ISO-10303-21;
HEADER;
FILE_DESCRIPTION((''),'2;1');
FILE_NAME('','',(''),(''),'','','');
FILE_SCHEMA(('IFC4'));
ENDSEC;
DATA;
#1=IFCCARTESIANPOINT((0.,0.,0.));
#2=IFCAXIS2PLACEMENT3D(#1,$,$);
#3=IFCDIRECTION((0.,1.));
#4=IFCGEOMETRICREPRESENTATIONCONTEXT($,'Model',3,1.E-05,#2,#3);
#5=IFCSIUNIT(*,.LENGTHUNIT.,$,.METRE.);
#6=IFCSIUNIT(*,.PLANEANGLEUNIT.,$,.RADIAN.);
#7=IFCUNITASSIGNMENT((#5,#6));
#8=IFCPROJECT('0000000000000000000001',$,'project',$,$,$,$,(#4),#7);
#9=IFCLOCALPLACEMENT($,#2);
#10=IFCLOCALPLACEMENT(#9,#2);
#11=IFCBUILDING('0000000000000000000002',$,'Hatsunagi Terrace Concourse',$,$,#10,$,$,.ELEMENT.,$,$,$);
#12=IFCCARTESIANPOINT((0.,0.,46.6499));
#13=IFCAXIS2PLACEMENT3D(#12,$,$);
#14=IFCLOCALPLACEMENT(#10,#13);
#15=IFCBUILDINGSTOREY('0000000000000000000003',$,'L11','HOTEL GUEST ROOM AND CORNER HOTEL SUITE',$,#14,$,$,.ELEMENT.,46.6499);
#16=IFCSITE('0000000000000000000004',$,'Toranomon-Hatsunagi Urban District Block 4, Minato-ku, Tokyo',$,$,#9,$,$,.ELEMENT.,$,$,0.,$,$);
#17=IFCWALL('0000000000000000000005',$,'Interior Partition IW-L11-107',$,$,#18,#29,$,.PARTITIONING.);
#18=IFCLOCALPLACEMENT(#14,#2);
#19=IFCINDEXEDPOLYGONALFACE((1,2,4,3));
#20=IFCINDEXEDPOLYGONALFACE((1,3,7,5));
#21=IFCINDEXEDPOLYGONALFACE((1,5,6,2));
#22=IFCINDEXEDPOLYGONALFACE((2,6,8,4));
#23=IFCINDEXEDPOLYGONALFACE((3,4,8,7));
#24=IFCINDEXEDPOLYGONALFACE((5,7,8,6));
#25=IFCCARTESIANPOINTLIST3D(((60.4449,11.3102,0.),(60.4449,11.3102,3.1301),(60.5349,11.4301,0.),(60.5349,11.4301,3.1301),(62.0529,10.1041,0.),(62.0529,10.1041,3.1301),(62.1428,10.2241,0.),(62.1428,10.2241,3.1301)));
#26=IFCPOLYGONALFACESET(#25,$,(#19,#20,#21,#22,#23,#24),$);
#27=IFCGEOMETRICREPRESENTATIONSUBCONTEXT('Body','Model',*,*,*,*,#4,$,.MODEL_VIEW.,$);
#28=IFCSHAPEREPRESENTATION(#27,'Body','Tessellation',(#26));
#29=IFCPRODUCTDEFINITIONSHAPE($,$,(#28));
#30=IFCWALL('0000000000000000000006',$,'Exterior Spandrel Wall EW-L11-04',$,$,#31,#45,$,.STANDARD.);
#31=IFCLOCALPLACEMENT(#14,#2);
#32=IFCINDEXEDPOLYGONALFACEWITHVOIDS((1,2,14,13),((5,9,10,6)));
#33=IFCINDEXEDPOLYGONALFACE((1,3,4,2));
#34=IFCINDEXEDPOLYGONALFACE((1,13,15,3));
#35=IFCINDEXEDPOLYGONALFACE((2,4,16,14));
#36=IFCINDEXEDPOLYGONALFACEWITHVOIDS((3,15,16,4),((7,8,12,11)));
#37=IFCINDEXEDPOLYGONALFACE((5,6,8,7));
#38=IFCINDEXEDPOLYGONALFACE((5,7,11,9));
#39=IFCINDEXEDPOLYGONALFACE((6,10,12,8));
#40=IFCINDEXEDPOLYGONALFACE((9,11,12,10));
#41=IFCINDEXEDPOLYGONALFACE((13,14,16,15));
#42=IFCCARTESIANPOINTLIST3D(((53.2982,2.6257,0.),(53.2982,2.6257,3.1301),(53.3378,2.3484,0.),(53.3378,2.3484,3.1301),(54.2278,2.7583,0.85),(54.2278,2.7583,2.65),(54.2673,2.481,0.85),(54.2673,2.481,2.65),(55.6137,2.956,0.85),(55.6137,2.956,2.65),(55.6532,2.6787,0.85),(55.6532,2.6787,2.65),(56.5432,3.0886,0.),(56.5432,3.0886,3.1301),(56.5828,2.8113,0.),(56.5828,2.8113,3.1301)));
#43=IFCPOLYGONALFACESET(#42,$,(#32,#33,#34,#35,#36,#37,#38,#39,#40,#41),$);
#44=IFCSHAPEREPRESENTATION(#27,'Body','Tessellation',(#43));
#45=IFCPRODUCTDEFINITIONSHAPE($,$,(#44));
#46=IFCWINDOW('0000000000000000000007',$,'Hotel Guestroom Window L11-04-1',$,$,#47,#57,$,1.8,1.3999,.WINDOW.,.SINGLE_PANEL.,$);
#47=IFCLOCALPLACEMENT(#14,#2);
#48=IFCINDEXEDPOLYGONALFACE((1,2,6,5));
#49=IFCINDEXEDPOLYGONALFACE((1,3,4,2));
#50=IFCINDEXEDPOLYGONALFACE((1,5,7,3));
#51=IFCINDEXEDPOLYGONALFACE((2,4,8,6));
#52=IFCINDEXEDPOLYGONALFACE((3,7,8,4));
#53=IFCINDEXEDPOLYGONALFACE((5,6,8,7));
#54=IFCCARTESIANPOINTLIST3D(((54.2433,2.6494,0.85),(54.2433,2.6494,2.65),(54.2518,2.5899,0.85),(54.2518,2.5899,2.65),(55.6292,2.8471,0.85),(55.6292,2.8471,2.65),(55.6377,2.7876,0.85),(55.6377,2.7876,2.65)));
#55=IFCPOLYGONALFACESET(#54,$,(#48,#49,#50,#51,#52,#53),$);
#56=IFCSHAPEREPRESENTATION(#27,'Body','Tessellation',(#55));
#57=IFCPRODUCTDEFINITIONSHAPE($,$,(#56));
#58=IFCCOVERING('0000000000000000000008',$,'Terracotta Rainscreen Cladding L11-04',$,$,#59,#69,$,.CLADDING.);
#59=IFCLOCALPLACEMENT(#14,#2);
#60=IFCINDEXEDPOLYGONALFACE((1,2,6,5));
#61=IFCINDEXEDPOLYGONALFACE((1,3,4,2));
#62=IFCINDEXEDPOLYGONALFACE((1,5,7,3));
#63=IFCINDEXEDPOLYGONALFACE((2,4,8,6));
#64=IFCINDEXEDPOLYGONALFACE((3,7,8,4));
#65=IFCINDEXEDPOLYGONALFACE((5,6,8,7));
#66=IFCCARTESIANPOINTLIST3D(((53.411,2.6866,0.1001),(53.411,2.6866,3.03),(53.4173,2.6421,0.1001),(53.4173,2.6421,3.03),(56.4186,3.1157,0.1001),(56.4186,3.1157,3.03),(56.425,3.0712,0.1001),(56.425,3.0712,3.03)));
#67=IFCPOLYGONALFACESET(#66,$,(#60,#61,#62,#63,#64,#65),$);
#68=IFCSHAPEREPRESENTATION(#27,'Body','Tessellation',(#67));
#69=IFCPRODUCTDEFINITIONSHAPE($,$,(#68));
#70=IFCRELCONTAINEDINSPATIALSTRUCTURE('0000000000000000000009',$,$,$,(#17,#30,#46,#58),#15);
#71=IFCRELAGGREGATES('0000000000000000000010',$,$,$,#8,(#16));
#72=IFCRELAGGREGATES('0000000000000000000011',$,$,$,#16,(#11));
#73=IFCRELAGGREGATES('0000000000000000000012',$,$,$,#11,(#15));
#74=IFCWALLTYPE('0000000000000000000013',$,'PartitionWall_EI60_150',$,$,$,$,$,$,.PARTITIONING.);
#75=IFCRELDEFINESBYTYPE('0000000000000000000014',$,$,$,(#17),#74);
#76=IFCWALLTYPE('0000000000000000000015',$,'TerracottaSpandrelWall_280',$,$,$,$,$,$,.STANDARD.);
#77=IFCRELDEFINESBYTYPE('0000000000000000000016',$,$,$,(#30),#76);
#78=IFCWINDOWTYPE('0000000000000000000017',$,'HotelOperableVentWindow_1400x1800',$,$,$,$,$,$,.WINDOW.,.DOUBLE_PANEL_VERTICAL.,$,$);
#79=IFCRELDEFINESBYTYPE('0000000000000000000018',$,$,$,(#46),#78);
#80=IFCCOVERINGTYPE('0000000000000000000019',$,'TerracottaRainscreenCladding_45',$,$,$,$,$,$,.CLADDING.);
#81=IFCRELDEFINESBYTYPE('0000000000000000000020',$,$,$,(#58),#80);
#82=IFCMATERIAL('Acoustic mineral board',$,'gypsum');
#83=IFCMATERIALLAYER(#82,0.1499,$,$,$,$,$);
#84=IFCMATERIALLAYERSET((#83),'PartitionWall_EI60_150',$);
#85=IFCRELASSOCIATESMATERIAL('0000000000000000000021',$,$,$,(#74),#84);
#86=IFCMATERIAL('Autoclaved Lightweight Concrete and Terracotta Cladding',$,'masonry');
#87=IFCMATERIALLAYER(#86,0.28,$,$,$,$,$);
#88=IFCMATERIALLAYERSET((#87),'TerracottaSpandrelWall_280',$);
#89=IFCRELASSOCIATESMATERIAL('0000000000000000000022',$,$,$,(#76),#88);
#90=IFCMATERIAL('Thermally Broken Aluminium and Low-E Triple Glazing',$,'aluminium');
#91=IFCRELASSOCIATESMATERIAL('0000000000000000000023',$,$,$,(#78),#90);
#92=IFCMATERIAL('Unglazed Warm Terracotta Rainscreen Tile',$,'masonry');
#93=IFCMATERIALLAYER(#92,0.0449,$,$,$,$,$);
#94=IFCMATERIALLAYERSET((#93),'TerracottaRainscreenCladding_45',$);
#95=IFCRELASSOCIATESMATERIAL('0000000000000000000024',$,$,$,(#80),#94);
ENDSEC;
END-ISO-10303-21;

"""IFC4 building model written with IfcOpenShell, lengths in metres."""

from ifc_helpers import new_model, si_unit, direction, frame, frame_2d, origin, origin_2d, place, context, subcontext, project, spatial, rectangle, extrude, material, layer, layer_set, type_object, element, fill, save


model = new_model("IFC4")

# Units and contexts
model_context = context("Model", 3, precision=1e-05, world=origin(), true_north=direction((0.0, 1.0)))
body_context = subcontext(model_context, "Body", "Model", "MODEL_VIEW")
ifc_project = project(units=[si_unit("LENGTHUNIT", "METRE"), si_unit("PLANEANGLEUNIT", "RADIAN")], contexts=[model_context])

# Site, building, storey
site_placement = place(None, origin())
site = spatial("IfcSite", under=ifc_project, at=site_placement, Name="Toranomon-Hatsunagi Urban District Block 4, Minato-ku, Tokyo", CompositionType="ELEMENT", RefElevation=0.0)
building_placement = place(site_placement, origin())
building = spatial("IfcBuilding", under=site, at=building_placement, Name="Hatsunagi Terrace Concourse", CompositionType="ELEMENT")
storey_placement = place(building_placement, frame((0.0, 0.0, 46.6499)))
storey = spatial("IfcBuildingStorey", under=building, at=storey_placement, Name="L11", Description="HOTEL GUEST ROOM AND CORNER HOTEL SUITE", CompositionType="ELEMENT", Elevation=46.6499)

# Wall
ifc_material_1 = material(Name="Acoustic mineral board", Category="gypsum")
ifc_layer_1 = layer(ifc_material_1, 0.1499)
ifc_layer_set_1 = layer_set([ifc_layer_1], Name="PartitionWall_EI60_150")
wall_type_1 = type_object("IfcWallType", Name="PartitionWall_EI60_150", PredefinedType="PARTITIONING", material=ifc_layer_set_1)
wall_1_placement = place(storey_placement, frame((60.49, 11.3701, 0.0), z_axis=(0.0, 0.0, 1.0), x_axis=(0.799971, -0.600039, 0.0)))
element("IfcWall", 1, at=wall_1_placement, inside=storey, type_object=wall_type_1, Name="Interior Partition IW-L11-107", PredefinedType="PARTITIONING", context=body_context, shape_type="SweptSolid", body=[
    extrude(rectangle(XDim=2.01, YDim=0.1499, at=frame_2d((1.0049, 0.0))), origin(), (0.0, 0.0, 1.0), 3.1301),
])

# Wall, opening, window
ifc_material_2 = material(Name="Autoclaved Lightweight Concrete and Terracotta Cladding", Category="masonry")
ifc_layer_2 = layer(ifc_material_2, 0.28)
ifc_layer_set_2 = layer_set([ifc_layer_2], Name="TerracottaSpandrelWall_280")
wall_type_2 = type_object("IfcWallType", Name="TerracottaSpandrelWall_280", PredefinedType="STANDARD", material=ifc_layer_set_2)
wall_2_placement = place(storey_placement, frame((56.563, 2.95, 0.0), z_axis=(0.0, 0.0, 1.0), x_axis=(-0.989978, -0.141223, 0.0)))
wall_2 = element("IfcWall", 2, at=wall_2_placement, inside=storey, type_object=wall_type_2, Name="Exterior Spandrel Wall EW-L11-04", PredefinedType="STANDARD", context=body_context, shape_type="SweptSolid", body=[
    extrude(rectangle(XDim=3.2778, YDim=0.28, at=frame_2d((1.6389, 0.0))), origin(), (0.0, 0.0, 1.0), 3.1301),
])
opening_1_placement = place(wall_2_placement, frame((0.939, 0.0, 0.8501)))
opening_1 = element("IfcOpeningElement", 3, at=opening_1_placement, cuts=wall_2, PredefinedType="OPENING", context=body_context, shape_type="SweptSolid", body=[
    extrude(rectangle(XDim=1.3999, YDim=1.8, at=frame_2d((0.7, 0.8999))), frame((0.0, 0.1499, 0.0), z_axis=(0.0, -1.0, 0.0), x_axis=(1.0, 0.0, 0.0)), (0.0, 0.0, 1.0), 0.3),
])
ifc_material_3 = material(Name="Thermally Broken Aluminium and Low-E Triple Glazing", Category="aluminium")
window_type = type_object("IfcWindowType", Name="HotelOperableVentWindow_1400x1800", PartitioningType="DOUBLE_PANEL_VERTICAL", PredefinedType="WINDOW", material=ifc_material_3)
window_placement = place(opening_1_placement, origin())
window = element("IfcWindow", 4, at=window_placement, inside=storey, type_object=window_type, Name="Hotel Guestroom Window L11-04-1", OverallHeight=1.8, OverallWidth=1.3999, PartitioningType="SINGLE_PANEL", PredefinedType="WINDOW", context=body_context, shape_type="SweptSolid", body=[
    extrude(rectangle(XDim=1.3999, YDim=1.8, at=frame_2d((0.7, 0.8999))), frame((0.0, 0.03, 0.0), z_axis=(0.0, -1.0, 0.0), x_axis=(1.0, 0.0, 0.0)), (0.0, 0.0, 1.0), 0.0601),
])
fill(opening_1, window)

# Covering
ifc_material_4 = material(Name="Unglazed Warm Terracotta Rainscreen Tile", Category="masonry")
ifc_layer_3 = layer(ifc_material_4, 0.0449)
ifc_layer_set_3 = layer_set([ifc_layer_3], Name="TerracottaRainscreenCladding_45")
covering_type = type_object("IfcCoveringType", Name="TerracottaRainscreenCladding_45", PredefinedType="CLADDING", material=ifc_layer_set_3)
covering_placement = place(storey_placement, frame((54.918, 2.8789, 0.1001), z_axis=(0.0, 0.0, 1.0), x_axis=(-0.989974, -0.14125, 0.0)))
element("IfcCovering", 5, at=covering_placement, inside=storey, type_object=covering_type, Name="Terracotta Rainscreen Cladding L11-04", PredefinedType="CLADDING", context=body_context, shape_type="SweptSolid", body=[
    extrude(rectangle(XDim=3.0381, YDim=0.0449, at=origin_2d()), origin(), (0.0, 0.0, 1.0), 2.9299),
])

save(model, "model.ifc")
